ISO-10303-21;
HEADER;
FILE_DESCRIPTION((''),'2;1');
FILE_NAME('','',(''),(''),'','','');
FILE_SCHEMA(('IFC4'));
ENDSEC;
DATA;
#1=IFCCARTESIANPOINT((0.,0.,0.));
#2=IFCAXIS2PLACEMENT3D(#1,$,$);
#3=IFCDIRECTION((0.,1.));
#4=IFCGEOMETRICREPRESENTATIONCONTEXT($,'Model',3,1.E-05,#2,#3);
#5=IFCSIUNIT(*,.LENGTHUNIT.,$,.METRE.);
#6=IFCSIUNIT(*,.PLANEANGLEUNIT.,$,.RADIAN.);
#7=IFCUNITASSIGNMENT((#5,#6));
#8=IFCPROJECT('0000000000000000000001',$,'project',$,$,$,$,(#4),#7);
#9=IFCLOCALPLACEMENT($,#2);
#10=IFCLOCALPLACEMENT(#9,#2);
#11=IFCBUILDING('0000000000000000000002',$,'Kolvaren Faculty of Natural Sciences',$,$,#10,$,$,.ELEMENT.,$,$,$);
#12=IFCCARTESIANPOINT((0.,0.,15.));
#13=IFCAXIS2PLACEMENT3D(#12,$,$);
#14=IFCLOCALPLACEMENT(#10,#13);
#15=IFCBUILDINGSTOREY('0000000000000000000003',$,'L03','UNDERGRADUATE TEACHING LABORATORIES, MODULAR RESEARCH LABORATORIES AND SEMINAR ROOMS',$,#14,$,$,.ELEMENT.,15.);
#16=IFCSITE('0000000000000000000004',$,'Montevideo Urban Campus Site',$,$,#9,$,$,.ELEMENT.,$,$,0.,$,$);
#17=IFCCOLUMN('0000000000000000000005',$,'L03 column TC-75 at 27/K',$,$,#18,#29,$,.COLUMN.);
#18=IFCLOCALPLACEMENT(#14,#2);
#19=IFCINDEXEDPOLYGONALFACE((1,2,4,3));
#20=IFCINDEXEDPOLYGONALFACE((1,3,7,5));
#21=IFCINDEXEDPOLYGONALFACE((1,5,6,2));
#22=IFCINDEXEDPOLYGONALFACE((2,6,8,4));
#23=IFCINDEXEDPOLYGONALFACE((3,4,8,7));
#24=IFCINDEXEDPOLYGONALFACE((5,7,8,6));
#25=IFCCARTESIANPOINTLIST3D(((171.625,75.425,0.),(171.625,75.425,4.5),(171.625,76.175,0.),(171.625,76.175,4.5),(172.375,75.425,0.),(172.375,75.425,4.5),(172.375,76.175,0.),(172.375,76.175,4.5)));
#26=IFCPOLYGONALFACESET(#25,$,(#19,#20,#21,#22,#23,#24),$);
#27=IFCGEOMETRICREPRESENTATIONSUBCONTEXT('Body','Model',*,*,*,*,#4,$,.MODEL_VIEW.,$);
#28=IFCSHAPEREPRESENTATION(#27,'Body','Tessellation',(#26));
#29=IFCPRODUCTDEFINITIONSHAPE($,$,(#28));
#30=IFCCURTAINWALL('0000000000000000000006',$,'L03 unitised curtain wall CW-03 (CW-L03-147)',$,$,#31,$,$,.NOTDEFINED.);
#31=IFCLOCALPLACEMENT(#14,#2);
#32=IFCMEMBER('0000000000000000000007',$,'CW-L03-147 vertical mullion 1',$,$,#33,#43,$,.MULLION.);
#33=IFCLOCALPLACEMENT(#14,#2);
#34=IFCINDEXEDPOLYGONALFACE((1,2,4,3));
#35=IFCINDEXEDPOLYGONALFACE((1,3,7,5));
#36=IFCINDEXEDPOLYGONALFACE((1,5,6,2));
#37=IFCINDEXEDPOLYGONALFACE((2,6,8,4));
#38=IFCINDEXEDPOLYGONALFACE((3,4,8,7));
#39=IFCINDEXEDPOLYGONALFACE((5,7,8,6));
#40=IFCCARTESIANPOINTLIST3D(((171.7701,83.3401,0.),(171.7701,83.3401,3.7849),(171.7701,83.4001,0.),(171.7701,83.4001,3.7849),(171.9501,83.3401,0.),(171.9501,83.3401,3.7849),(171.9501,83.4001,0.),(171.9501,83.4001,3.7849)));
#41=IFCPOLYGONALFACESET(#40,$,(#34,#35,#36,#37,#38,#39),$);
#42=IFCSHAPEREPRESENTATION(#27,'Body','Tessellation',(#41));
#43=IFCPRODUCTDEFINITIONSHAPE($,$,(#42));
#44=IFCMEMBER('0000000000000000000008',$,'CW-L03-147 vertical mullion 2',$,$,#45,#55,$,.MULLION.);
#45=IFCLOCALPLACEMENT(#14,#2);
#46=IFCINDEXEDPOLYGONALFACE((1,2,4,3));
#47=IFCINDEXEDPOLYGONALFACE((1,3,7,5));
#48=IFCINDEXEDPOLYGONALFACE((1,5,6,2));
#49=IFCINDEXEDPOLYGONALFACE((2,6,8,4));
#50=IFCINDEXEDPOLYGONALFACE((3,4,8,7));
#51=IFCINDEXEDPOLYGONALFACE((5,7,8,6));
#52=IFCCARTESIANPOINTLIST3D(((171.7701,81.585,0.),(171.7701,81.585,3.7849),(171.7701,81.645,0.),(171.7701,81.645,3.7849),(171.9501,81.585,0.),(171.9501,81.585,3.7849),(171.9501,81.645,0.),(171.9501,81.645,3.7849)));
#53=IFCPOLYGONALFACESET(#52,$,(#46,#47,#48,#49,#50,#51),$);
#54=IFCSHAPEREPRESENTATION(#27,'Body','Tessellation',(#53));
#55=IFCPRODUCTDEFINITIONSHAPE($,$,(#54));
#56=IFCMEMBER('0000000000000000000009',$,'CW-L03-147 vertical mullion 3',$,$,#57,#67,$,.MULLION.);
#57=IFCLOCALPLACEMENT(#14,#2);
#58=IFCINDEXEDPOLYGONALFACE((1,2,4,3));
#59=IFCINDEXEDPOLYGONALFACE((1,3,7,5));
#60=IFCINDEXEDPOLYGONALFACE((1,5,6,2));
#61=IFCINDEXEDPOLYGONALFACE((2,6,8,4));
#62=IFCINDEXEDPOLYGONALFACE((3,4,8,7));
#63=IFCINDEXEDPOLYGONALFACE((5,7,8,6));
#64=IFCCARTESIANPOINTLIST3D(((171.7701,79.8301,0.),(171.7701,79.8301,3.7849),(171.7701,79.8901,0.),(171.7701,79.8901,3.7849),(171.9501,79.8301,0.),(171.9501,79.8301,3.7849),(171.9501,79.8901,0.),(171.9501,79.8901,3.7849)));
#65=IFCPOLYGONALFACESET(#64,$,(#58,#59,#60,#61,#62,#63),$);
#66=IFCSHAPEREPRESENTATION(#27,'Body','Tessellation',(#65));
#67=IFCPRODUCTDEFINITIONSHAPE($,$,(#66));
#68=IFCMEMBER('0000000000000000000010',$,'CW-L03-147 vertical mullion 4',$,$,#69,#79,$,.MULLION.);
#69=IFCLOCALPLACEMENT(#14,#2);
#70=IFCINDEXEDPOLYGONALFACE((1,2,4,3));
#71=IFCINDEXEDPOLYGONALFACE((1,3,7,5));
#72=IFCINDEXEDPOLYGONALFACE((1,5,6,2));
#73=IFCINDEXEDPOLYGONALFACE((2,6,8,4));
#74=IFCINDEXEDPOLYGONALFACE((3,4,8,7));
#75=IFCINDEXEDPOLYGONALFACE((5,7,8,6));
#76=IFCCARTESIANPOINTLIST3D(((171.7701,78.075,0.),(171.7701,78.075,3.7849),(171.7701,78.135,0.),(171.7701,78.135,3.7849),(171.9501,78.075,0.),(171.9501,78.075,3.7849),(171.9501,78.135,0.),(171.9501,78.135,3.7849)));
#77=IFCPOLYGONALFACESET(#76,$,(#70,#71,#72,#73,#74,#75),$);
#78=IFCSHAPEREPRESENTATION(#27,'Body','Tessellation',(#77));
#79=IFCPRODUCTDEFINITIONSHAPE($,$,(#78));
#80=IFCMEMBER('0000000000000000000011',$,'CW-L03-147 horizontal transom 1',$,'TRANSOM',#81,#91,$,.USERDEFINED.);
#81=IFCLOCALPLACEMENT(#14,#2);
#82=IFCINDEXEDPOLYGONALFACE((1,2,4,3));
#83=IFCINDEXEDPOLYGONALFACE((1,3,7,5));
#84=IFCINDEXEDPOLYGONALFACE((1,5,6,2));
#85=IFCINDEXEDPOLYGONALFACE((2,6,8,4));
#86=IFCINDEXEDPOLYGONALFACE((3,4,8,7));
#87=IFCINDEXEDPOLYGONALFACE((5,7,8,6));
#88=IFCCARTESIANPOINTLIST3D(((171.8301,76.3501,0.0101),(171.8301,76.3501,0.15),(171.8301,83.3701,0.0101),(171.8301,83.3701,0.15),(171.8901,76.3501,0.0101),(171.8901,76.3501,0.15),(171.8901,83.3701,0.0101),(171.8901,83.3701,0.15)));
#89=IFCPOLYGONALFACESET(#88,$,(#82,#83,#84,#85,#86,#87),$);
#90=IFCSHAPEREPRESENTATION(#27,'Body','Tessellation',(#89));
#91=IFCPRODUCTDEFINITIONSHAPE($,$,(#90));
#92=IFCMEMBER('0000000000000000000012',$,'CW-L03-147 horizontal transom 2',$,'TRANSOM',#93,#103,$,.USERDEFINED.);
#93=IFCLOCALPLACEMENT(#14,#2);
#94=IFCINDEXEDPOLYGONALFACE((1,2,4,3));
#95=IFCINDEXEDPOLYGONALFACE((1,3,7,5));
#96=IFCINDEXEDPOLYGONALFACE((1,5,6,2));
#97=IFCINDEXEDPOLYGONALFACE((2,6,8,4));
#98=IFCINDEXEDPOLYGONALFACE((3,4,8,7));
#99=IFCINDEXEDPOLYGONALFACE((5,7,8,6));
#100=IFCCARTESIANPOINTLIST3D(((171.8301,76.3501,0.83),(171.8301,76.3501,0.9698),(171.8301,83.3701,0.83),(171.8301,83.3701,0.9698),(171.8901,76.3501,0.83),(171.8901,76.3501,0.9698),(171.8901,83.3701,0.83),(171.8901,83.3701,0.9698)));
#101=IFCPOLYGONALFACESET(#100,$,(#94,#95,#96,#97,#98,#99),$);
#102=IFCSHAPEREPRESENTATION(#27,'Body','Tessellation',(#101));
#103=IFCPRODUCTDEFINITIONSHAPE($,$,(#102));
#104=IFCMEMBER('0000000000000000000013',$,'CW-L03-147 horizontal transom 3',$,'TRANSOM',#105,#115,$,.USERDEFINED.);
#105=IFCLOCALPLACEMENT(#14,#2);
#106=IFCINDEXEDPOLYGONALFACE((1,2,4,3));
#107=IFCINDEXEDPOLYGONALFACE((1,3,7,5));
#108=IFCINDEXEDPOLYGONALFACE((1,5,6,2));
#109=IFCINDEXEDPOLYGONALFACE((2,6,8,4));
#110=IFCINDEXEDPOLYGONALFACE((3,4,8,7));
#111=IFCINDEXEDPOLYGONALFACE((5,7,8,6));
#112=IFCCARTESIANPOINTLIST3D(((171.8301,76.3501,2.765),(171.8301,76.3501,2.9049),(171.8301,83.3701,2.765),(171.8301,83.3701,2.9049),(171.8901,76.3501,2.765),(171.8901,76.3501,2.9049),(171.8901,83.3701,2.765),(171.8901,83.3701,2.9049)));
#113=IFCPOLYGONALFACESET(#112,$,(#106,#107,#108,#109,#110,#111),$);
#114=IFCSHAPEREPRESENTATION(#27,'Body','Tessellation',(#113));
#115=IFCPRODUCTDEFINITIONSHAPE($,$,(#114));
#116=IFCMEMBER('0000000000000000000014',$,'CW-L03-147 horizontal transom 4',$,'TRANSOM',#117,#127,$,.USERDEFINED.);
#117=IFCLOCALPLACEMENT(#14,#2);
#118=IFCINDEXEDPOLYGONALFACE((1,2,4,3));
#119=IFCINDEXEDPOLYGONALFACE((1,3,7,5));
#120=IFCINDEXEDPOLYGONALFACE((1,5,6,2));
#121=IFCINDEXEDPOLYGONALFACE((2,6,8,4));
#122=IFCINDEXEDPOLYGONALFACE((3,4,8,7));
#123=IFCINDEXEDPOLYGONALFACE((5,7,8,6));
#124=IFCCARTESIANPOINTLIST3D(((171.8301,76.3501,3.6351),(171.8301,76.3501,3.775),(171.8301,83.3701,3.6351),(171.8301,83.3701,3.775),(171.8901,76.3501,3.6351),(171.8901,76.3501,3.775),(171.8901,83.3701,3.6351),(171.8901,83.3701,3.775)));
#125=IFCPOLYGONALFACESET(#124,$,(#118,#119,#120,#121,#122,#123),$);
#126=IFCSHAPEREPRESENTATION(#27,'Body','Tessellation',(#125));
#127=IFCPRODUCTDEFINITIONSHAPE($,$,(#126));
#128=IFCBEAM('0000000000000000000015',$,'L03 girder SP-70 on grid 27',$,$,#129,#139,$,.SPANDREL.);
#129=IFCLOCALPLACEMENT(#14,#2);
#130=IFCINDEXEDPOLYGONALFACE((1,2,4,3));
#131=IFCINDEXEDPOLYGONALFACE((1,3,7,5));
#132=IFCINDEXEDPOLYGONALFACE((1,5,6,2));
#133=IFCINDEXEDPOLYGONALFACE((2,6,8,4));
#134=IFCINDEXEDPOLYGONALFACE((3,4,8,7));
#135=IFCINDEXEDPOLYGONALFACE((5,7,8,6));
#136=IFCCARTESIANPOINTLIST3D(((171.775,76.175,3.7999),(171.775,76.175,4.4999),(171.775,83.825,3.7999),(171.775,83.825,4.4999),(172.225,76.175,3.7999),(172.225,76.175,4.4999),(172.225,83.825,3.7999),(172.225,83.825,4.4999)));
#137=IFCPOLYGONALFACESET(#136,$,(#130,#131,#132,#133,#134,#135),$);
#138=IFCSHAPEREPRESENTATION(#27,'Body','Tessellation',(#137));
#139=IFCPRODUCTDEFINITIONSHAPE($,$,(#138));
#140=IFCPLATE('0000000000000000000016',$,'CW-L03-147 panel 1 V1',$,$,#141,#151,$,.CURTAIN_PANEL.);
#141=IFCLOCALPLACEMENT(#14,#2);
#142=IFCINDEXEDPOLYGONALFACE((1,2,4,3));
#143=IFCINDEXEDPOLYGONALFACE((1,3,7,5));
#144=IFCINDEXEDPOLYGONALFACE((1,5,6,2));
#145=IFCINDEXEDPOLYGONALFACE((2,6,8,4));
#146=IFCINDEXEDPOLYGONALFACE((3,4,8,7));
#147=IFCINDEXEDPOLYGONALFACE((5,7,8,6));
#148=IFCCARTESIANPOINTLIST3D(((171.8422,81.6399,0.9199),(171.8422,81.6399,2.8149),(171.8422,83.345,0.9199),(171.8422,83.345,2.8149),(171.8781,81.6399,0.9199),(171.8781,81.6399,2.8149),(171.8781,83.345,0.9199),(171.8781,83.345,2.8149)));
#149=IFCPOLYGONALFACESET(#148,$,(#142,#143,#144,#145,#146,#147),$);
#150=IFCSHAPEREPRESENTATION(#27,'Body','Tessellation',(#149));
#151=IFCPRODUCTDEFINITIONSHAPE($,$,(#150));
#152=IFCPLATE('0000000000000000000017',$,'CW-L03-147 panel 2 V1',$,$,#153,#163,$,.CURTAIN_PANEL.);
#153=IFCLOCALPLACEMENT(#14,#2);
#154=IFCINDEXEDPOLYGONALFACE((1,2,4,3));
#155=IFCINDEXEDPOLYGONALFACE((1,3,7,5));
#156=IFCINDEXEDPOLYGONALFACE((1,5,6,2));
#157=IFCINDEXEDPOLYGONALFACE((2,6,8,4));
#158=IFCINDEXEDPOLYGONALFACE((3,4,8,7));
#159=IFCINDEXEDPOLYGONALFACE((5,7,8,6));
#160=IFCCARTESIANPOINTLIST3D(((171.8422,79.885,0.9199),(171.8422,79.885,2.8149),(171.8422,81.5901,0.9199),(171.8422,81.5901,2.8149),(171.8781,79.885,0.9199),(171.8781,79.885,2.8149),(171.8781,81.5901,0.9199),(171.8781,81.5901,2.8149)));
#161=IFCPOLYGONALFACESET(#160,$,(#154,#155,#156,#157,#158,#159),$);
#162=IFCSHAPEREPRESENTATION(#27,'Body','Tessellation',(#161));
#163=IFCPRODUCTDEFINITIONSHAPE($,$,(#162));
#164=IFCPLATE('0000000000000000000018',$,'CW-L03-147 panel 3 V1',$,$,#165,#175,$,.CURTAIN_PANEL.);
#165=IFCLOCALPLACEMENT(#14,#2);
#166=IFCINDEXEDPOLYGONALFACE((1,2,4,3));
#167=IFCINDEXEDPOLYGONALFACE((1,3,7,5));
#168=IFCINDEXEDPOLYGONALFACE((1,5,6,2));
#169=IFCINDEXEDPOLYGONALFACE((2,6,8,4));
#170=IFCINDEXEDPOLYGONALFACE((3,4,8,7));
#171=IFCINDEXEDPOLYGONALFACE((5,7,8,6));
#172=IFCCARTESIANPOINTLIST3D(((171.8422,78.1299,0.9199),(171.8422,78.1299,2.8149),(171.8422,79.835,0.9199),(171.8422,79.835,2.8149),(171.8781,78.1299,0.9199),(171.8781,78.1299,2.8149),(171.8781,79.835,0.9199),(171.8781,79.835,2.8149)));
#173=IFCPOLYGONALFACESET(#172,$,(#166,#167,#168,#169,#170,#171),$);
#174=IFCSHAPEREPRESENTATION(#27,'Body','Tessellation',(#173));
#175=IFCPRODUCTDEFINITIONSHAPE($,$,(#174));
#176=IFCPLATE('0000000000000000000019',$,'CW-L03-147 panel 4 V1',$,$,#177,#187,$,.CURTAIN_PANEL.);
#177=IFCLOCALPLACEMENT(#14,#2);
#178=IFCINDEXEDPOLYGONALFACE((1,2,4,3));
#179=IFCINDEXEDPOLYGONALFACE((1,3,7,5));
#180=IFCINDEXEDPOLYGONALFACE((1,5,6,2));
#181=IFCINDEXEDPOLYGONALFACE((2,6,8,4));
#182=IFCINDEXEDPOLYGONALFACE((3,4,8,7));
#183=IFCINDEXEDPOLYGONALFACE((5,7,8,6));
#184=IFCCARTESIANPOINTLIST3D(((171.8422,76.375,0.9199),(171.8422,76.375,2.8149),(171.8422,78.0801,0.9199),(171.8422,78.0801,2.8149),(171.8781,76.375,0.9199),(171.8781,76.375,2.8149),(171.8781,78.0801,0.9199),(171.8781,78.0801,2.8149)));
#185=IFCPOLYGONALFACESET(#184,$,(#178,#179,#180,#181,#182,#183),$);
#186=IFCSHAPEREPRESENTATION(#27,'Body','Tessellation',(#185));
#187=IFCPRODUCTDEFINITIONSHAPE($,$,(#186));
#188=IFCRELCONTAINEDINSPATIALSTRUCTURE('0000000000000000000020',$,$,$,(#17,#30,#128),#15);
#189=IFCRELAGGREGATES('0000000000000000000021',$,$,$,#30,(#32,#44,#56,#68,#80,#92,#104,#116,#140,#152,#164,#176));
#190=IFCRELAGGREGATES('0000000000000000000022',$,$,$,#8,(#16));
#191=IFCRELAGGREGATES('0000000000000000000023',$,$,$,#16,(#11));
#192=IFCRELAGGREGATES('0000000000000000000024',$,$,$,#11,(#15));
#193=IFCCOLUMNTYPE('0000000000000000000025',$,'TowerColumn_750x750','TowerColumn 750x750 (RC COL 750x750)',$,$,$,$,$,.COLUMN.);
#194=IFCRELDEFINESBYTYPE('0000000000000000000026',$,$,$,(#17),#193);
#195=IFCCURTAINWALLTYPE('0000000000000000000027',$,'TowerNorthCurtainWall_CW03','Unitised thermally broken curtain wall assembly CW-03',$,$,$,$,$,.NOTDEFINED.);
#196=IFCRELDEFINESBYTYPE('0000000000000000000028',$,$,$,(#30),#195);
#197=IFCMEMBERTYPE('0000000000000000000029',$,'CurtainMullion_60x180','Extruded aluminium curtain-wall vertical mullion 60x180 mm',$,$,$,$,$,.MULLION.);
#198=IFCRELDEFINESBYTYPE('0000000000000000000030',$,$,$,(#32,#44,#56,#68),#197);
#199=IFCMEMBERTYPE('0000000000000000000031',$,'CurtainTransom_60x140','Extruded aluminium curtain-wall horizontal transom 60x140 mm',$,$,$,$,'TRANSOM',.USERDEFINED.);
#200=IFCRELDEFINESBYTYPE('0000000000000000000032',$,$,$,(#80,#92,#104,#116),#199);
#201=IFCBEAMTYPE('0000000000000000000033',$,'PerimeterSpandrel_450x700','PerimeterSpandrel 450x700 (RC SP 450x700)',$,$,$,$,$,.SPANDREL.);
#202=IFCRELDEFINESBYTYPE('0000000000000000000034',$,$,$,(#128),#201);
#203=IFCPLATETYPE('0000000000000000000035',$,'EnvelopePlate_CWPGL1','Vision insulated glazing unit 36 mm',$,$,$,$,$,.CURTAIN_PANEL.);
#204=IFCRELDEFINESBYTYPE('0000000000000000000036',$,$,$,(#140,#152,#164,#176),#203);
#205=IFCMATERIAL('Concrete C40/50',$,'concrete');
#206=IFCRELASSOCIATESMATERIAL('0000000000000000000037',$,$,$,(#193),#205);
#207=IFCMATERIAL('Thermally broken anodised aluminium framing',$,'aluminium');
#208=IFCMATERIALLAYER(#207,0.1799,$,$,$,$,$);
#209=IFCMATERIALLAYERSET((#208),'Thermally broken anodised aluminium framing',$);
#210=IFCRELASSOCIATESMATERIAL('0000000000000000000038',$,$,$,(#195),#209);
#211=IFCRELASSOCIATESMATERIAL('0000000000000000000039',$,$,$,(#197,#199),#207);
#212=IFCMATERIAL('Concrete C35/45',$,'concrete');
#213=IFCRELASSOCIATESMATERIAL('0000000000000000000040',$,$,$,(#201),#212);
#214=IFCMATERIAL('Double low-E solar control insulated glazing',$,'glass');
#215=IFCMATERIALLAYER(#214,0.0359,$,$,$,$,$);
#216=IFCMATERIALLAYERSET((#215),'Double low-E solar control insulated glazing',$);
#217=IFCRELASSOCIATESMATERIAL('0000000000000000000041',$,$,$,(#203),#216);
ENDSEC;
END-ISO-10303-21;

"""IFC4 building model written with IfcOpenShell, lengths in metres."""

from ifc_helpers import new_model, si_unit, direction, frame, origin, origin_2d, place, context, subcontext, project, spatial, rectangle, extrude, material, layer, layer_set, material_profile, profile_set, type_object, element, aggregate, save


model = new_model("IFC4")

# Units and contexts
model_context = context("Model", 3, precision=1e-05, world=origin(), true_north=direction((0.0, 1.0)))
body_context = subcontext(model_context, "Body", "Model", "MODEL_VIEW")
ifc_project = project(units=[si_unit("LENGTHUNIT", "METRE"), si_unit("PLANEANGLEUNIT", "RADIAN")], contexts=[model_context])

# Site, building, storey
site_placement = place(None, origin())
site = spatial("IfcSite", under=ifc_project, at=site_placement, Name="Montevideo Urban Campus Site", CompositionType="ELEMENT", RefElevation=0.0)
building_placement = place(site_placement, origin())
building = spatial("IfcBuilding", under=site, at=building_placement, Name="Kolvaren Faculty of Natural Sciences", CompositionType="ELEMENT")
storey_placement = place(building_placement, frame((0.0, 0.0, 15.0)))
storey = spatial("IfcBuildingStorey", under=building, at=storey_placement, Name="L03", Description="UNDERGRADUATE TEACHING LABORATORIES, MODULAR RESEARCH LABORATORIES AND SEMINAR ROOMS", CompositionType="ELEMENT", Elevation=15.0)

# Column
ifc_material_1 = material(Name="Concrete C40/50", Category="concrete")
ifc_material_profile_1 = material_profile(ifc_material_1, rectangle(XDim=0.75, YDim=0.75, at=origin_2d()), Name="RC COL 750x750")
ifc_profile_set_1 = profile_set([ifc_material_profile_1], Name="Concrete C40/50")
column_type = type_object("IfcColumnType", Name="TowerColumn_750x750", Description="TowerColumn 750x750 (RC COL 750x750)", PredefinedType="COLUMN", material=ifc_profile_set_1)
column_placement = place(storey_placement, frame((172.0, 75.8, 0.0), z_axis=(0.0, 0.0, 1.0), x_axis=(1.0, 0.0, 0.0)))
element("IfcColumn", 1, at=column_placement, inside=storey, type_object=column_type, Name="L03 column TC-75 at 27/K", PredefinedType="COLUMN", context=body_context, shape_type="SweptSolid", body=[
    extrude(rectangle(XDim=0.75, YDim=0.75, at=origin_2d()), origin(), (0.0, 0.0, 1.0), 4.5),
])

# Curtain wall, members
ifc_material_2 = material(Name="Thermally broken anodised aluminium framing", Category="aluminium")
ifc_layer_1 = layer(ifc_material_2, 0.1799)
ifc_layer_set_1 = layer_set([ifc_layer_1], Name="Thermally broken anodised aluminium framing")
curtain_wall_type = type_object("IfcCurtainWallType", Name="TowerNorthCurtainWall_CW03", Description="Unitised thermally broken curtain wall assembly CW-03", PredefinedType="NOTDEFINED", material=ifc_layer_set_1)
curtain_wall_placement = place(storey_placement, origin())
curtain_wall = element("IfcCurtainWall", 2, at=curtain_wall_placement, inside=storey, type_object=curtain_wall_type, Name="L03 unitised curtain wall CW-03 (CW-L03-147)", PredefinedType="NOTDEFINED")
ifc_material_profile_2 = material_profile(ifc_material_2, rectangle(XDim=0.0601, YDim=0.1799, at=origin_2d()), Name="ALU MUL 60x180")
ifc_profile_set_2 = profile_set([ifc_material_profile_2], Name="Thermally broken anodised aluminium framing")
member_type_1 = type_object("IfcMemberType", Name="CurtainMullion_60x180", Description="Extruded aluminium curtain-wall vertical mullion 60x180 mm", PredefinedType="MULLION", material=ifc_profile_set_2)
member_1_placement = place(storey_placement, frame((171.8601, 83.3701, 0.0), z_axis=(0.0, 0.0, 1.0), x_axis=(0.0, -1.0, 0.0)))
member_1 = element("IfcMember", 3, at=member_1_placement, type_object=member_type_1, Name="CW-L03-147 vertical mullion 1", PredefinedType="MULLION", context=body_context, shape_type="SweptSolid", body=[
    extrude(rectangle(XDim=0.0601, YDim=0.1799, at=origin_2d()), origin(), (0.0, 0.0, 1.0), 3.7849),
])
member_2_placement = place(storey_placement, frame((171.8601, 81.615, 0.0), z_axis=(0.0, 0.0, 1.0), x_axis=(0.0, -1.0, 0.0)))
member_2 = element("IfcMember", 4, at=member_2_placement, type_object=member_type_1, Name="CW-L03-147 vertical mullion 2", PredefinedType="MULLION", context=body_context, shape_type="SweptSolid", body=[
    extrude(rectangle(XDim=0.0601, YDim=0.1799, at=origin_2d()), origin(), (0.0, 0.0, 1.0), 3.7849),
])
member_3_placement = place(storey_placement, frame((171.8601, 79.8601, 0.0), z_axis=(0.0, 0.0, 1.0), x_axis=(0.0, -1.0, 0.0)))
member_3 = element("IfcMember", 5, at=member_3_placement, type_object=member_type_1, Name="CW-L03-147 vertical mullion 3", PredefinedType="MULLION", context=body_context, shape_type="SweptSolid", body=[
    extrude(rectangle(XDim=0.0601, YDim=0.1799, at=origin_2d()), origin(), (0.0, 0.0, 1.0), 3.7849),
])
member_4_placement = place(storey_placement, frame((171.8601, 78.105, 0.0), z_axis=(0.0, 0.0, 1.0), x_axis=(0.0, -1.0, 0.0)))
member_4 = element("IfcMember", 6, at=member_4_placement, type_object=member_type_1, Name="CW-L03-147 vertical mullion 4", PredefinedType="MULLION", context=body_context, shape_type="SweptSolid", body=[
    extrude(rectangle(XDim=0.0601, YDim=0.1799, at=origin_2d()), origin(), (0.0, 0.0, 1.0), 3.7849),
])
ifc_material_profile_3 = material_profile(ifc_material_2, rectangle(XDim=0.0601, YDim=0.1399, at=origin_2d()), Name="ALU TRN 60x140")
ifc_profile_set_3 = profile_set([ifc_material_profile_3], Name="Thermally broken anodised aluminium framing")
member_type_2 = type_object("IfcMemberType", Name="CurtainTransom_60x140", Description="Extruded aluminium curtain-wall horizontal transom 60x140 mm", ElementType="TRANSOM", PredefinedType="USERDEFINED", material=ifc_profile_set_3)
member_5_placement = place(storey_placement, frame((171.8601, 83.3701, 0.0801), z_axis=(0.0, -1.0, 0.0), x_axis=(1.0, 0.0, 0.0)))
member_5 = element("IfcMember", 7, at=member_5_placement, type_object=member_type_2, Name="CW-L03-147 horizontal transom 1", ObjectType="TRANSOM", PredefinedType="USERDEFINED", context=body_context, shape_type="SweptSolid", body=[
    extrude(rectangle(XDim=0.0601, YDim=0.1399, at=origin_2d()), origin(), (0.0, 0.0, 1.0), 7.02),
])
member_6_placement = place(storey_placement, frame((171.8601, 83.3701, 0.8999), z_axis=(0.0, -1.0, 0.0), x_axis=(1.0, 0.0, 0.0)))
member_6 = element("IfcMember", 8, at=member_6_placement, type_object=member_type_2, Name="CW-L03-147 horizontal transom 2", ObjectType="TRANSOM", PredefinedType="USERDEFINED", context=body_context, shape_type="SweptSolid", body=[
    extrude(rectangle(XDim=0.0601, YDim=0.1399, at=origin_2d()), origin(), (0.0, 0.0, 1.0), 7.02),
])
member_7_placement = place(storey_placement, frame((171.8601, 83.3701, 2.835), z_axis=(0.0, -1.0, 0.0), x_axis=(1.0, 0.0, 0.0)))
member_7 = element("IfcMember", 9, at=member_7_placement, type_object=member_type_2, Name="CW-L03-147 horizontal transom 3", ObjectType="TRANSOM", PredefinedType="USERDEFINED", context=body_context, shape_type="SweptSolid", body=[
    extrude(rectangle(XDim=0.0601, YDim=0.1399, at=origin_2d()), origin(), (0.0, 0.0, 1.0), 7.02),
])
member_8_placement = place(storey_placement, frame((171.8601, 83.3701, 3.7051), z_axis=(0.0, -1.0, 0.0), x_axis=(1.0, 0.0, 0.0)))
member_8 = element("IfcMember", 10, at=member_8_placement, type_object=member_type_2, Name="CW-L03-147 horizontal transom 4", ObjectType="TRANSOM", PredefinedType="USERDEFINED", context=body_context, shape_type="SweptSolid", body=[
    extrude(rectangle(XDim=0.0601, YDim=0.1399, at=origin_2d()), origin(), (0.0, 0.0, 1.0), 7.02),
])

# Beam
ifc_material_3 = material(Name="Concrete C35/45", Category="concrete")
ifc_material_profile_4 = material_profile(ifc_material_3, rectangle(XDim=0.45, YDim=0.7, at=origin_2d()), Name="RC SP 450x700")
ifc_profile_set_4 = profile_set([ifc_material_profile_4], Name="Concrete C35/45")
beam_type = type_object("IfcBeamType", Name="PerimeterSpandrel_450x700", Description="PerimeterSpandrel 450x700 (RC SP 450x700)", PredefinedType="SPANDREL", material=ifc_profile_set_4)
beam_placement = place(storey_placement, frame((172.0, 76.175, 4.1499), z_axis=(0.0, 1.0, 0.0), x_axis=(-1.0, 0.0, 0.0)))
element("IfcBeam", 11, at=beam_placement, inside=storey, type_object=beam_type, Name="L03 girder SP-70 on grid 27", PredefinedType="SPANDREL", context=body_context, shape_type="SweptSolid", body=[
    extrude(rectangle(XDim=0.45, YDim=0.7, at=origin_2d()), origin(), (0.0, 0.0, 1.0), 7.6499),
])

# Plates
ifc_material_4 = material(Name="Double low-E solar control insulated glazing", Category="glass")
ifc_layer_2 = layer(ifc_material_4, 0.0359)
ifc_layer_set_2 = layer_set([ifc_layer_2], Name="Double low-E solar control insulated glazing")
plate_type_1 = type_object("IfcPlateType", Name="EnvelopePlate_CWPGL1", Description="Vision insulated glazing unit 36 mm", PredefinedType="CURTAIN_PANEL", material=ifc_layer_set_2)
plate_1_placement = place(storey_placement, frame((171.8601, 82.4924, 0.9199), z_axis=(0.0, 0.0, 1.0), x_axis=(0.0, -1.0, 0.0)))
plate_1 = element("IfcPlate", 12, at=plate_1_placement, type_object=plate_type_1, Name="CW-L03-147 panel 1 V1", PredefinedType="CURTAIN_PANEL", context=body_context, shape_type="SweptSolid", body=[
    extrude(rectangle(XDim=1.7051, YDim=0.0359, at=origin_2d()), origin(), (0.0, 0.0, 1.0), 1.895),
])
plate_2_placement = place(storey_placement, frame((171.8601, 80.7375, 0.9199), z_axis=(0.0, 0.0, 1.0), x_axis=(0.0, -1.0, 0.0)))
plate_2 = element("IfcPlate", 13, at=plate_2_placement, type_object=plate_type_1, Name="CW-L03-147 panel 2 V1", PredefinedType="CURTAIN_PANEL", context=body_context, shape_type="SweptSolid", body=[
    extrude(rectangle(XDim=1.7051, YDim=0.0359, at=origin_2d()), origin(), (0.0, 0.0, 1.0), 1.895),
])
plate_3_placement = place(storey_placement, frame((171.8601, 78.9824, 0.9199), z_axis=(0.0, 0.0, 1.0), x_axis=(0.0, -1.0, 0.0)))
plate_3 = element("IfcPlate", 14, at=plate_3_placement, type_object=plate_type_1, Name="CW-L03-147 panel 3 V1", PredefinedType="CURTAIN_PANEL", context=body_context, shape_type="SweptSolid", body=[
    extrude(rectangle(XDim=1.7051, YDim=0.0359, at=origin_2d()), origin(), (0.0, 0.0, 1.0), 1.895),
])
plate_4_placement = place(storey_placement, frame((171.8601, 77.2275, 0.9199), z_axis=(0.0, 0.0, 1.0), x_axis=(0.0, -1.0, 0.0)))
plate_4 = element("IfcPlate", 15, at=plate_4_placement, type_object=plate_type_1, Name="CW-L03-147 panel 4 V1", PredefinedType="CURTAIN_PANEL", context=body_context, shape_type="SweptSolid", body=[
    extrude(rectangle(XDim=1.7051, YDim=0.0359, at=origin_2d()), origin(), (0.0, 0.0, 1.0), 1.895),
])
aggregate(curtain_wall, [member_1, member_2, member_3, member_4, member_5, member_6, member_7, member_8, plate_1, plate_2, plate_3, plate_4])

save(model, "model.ifc")
